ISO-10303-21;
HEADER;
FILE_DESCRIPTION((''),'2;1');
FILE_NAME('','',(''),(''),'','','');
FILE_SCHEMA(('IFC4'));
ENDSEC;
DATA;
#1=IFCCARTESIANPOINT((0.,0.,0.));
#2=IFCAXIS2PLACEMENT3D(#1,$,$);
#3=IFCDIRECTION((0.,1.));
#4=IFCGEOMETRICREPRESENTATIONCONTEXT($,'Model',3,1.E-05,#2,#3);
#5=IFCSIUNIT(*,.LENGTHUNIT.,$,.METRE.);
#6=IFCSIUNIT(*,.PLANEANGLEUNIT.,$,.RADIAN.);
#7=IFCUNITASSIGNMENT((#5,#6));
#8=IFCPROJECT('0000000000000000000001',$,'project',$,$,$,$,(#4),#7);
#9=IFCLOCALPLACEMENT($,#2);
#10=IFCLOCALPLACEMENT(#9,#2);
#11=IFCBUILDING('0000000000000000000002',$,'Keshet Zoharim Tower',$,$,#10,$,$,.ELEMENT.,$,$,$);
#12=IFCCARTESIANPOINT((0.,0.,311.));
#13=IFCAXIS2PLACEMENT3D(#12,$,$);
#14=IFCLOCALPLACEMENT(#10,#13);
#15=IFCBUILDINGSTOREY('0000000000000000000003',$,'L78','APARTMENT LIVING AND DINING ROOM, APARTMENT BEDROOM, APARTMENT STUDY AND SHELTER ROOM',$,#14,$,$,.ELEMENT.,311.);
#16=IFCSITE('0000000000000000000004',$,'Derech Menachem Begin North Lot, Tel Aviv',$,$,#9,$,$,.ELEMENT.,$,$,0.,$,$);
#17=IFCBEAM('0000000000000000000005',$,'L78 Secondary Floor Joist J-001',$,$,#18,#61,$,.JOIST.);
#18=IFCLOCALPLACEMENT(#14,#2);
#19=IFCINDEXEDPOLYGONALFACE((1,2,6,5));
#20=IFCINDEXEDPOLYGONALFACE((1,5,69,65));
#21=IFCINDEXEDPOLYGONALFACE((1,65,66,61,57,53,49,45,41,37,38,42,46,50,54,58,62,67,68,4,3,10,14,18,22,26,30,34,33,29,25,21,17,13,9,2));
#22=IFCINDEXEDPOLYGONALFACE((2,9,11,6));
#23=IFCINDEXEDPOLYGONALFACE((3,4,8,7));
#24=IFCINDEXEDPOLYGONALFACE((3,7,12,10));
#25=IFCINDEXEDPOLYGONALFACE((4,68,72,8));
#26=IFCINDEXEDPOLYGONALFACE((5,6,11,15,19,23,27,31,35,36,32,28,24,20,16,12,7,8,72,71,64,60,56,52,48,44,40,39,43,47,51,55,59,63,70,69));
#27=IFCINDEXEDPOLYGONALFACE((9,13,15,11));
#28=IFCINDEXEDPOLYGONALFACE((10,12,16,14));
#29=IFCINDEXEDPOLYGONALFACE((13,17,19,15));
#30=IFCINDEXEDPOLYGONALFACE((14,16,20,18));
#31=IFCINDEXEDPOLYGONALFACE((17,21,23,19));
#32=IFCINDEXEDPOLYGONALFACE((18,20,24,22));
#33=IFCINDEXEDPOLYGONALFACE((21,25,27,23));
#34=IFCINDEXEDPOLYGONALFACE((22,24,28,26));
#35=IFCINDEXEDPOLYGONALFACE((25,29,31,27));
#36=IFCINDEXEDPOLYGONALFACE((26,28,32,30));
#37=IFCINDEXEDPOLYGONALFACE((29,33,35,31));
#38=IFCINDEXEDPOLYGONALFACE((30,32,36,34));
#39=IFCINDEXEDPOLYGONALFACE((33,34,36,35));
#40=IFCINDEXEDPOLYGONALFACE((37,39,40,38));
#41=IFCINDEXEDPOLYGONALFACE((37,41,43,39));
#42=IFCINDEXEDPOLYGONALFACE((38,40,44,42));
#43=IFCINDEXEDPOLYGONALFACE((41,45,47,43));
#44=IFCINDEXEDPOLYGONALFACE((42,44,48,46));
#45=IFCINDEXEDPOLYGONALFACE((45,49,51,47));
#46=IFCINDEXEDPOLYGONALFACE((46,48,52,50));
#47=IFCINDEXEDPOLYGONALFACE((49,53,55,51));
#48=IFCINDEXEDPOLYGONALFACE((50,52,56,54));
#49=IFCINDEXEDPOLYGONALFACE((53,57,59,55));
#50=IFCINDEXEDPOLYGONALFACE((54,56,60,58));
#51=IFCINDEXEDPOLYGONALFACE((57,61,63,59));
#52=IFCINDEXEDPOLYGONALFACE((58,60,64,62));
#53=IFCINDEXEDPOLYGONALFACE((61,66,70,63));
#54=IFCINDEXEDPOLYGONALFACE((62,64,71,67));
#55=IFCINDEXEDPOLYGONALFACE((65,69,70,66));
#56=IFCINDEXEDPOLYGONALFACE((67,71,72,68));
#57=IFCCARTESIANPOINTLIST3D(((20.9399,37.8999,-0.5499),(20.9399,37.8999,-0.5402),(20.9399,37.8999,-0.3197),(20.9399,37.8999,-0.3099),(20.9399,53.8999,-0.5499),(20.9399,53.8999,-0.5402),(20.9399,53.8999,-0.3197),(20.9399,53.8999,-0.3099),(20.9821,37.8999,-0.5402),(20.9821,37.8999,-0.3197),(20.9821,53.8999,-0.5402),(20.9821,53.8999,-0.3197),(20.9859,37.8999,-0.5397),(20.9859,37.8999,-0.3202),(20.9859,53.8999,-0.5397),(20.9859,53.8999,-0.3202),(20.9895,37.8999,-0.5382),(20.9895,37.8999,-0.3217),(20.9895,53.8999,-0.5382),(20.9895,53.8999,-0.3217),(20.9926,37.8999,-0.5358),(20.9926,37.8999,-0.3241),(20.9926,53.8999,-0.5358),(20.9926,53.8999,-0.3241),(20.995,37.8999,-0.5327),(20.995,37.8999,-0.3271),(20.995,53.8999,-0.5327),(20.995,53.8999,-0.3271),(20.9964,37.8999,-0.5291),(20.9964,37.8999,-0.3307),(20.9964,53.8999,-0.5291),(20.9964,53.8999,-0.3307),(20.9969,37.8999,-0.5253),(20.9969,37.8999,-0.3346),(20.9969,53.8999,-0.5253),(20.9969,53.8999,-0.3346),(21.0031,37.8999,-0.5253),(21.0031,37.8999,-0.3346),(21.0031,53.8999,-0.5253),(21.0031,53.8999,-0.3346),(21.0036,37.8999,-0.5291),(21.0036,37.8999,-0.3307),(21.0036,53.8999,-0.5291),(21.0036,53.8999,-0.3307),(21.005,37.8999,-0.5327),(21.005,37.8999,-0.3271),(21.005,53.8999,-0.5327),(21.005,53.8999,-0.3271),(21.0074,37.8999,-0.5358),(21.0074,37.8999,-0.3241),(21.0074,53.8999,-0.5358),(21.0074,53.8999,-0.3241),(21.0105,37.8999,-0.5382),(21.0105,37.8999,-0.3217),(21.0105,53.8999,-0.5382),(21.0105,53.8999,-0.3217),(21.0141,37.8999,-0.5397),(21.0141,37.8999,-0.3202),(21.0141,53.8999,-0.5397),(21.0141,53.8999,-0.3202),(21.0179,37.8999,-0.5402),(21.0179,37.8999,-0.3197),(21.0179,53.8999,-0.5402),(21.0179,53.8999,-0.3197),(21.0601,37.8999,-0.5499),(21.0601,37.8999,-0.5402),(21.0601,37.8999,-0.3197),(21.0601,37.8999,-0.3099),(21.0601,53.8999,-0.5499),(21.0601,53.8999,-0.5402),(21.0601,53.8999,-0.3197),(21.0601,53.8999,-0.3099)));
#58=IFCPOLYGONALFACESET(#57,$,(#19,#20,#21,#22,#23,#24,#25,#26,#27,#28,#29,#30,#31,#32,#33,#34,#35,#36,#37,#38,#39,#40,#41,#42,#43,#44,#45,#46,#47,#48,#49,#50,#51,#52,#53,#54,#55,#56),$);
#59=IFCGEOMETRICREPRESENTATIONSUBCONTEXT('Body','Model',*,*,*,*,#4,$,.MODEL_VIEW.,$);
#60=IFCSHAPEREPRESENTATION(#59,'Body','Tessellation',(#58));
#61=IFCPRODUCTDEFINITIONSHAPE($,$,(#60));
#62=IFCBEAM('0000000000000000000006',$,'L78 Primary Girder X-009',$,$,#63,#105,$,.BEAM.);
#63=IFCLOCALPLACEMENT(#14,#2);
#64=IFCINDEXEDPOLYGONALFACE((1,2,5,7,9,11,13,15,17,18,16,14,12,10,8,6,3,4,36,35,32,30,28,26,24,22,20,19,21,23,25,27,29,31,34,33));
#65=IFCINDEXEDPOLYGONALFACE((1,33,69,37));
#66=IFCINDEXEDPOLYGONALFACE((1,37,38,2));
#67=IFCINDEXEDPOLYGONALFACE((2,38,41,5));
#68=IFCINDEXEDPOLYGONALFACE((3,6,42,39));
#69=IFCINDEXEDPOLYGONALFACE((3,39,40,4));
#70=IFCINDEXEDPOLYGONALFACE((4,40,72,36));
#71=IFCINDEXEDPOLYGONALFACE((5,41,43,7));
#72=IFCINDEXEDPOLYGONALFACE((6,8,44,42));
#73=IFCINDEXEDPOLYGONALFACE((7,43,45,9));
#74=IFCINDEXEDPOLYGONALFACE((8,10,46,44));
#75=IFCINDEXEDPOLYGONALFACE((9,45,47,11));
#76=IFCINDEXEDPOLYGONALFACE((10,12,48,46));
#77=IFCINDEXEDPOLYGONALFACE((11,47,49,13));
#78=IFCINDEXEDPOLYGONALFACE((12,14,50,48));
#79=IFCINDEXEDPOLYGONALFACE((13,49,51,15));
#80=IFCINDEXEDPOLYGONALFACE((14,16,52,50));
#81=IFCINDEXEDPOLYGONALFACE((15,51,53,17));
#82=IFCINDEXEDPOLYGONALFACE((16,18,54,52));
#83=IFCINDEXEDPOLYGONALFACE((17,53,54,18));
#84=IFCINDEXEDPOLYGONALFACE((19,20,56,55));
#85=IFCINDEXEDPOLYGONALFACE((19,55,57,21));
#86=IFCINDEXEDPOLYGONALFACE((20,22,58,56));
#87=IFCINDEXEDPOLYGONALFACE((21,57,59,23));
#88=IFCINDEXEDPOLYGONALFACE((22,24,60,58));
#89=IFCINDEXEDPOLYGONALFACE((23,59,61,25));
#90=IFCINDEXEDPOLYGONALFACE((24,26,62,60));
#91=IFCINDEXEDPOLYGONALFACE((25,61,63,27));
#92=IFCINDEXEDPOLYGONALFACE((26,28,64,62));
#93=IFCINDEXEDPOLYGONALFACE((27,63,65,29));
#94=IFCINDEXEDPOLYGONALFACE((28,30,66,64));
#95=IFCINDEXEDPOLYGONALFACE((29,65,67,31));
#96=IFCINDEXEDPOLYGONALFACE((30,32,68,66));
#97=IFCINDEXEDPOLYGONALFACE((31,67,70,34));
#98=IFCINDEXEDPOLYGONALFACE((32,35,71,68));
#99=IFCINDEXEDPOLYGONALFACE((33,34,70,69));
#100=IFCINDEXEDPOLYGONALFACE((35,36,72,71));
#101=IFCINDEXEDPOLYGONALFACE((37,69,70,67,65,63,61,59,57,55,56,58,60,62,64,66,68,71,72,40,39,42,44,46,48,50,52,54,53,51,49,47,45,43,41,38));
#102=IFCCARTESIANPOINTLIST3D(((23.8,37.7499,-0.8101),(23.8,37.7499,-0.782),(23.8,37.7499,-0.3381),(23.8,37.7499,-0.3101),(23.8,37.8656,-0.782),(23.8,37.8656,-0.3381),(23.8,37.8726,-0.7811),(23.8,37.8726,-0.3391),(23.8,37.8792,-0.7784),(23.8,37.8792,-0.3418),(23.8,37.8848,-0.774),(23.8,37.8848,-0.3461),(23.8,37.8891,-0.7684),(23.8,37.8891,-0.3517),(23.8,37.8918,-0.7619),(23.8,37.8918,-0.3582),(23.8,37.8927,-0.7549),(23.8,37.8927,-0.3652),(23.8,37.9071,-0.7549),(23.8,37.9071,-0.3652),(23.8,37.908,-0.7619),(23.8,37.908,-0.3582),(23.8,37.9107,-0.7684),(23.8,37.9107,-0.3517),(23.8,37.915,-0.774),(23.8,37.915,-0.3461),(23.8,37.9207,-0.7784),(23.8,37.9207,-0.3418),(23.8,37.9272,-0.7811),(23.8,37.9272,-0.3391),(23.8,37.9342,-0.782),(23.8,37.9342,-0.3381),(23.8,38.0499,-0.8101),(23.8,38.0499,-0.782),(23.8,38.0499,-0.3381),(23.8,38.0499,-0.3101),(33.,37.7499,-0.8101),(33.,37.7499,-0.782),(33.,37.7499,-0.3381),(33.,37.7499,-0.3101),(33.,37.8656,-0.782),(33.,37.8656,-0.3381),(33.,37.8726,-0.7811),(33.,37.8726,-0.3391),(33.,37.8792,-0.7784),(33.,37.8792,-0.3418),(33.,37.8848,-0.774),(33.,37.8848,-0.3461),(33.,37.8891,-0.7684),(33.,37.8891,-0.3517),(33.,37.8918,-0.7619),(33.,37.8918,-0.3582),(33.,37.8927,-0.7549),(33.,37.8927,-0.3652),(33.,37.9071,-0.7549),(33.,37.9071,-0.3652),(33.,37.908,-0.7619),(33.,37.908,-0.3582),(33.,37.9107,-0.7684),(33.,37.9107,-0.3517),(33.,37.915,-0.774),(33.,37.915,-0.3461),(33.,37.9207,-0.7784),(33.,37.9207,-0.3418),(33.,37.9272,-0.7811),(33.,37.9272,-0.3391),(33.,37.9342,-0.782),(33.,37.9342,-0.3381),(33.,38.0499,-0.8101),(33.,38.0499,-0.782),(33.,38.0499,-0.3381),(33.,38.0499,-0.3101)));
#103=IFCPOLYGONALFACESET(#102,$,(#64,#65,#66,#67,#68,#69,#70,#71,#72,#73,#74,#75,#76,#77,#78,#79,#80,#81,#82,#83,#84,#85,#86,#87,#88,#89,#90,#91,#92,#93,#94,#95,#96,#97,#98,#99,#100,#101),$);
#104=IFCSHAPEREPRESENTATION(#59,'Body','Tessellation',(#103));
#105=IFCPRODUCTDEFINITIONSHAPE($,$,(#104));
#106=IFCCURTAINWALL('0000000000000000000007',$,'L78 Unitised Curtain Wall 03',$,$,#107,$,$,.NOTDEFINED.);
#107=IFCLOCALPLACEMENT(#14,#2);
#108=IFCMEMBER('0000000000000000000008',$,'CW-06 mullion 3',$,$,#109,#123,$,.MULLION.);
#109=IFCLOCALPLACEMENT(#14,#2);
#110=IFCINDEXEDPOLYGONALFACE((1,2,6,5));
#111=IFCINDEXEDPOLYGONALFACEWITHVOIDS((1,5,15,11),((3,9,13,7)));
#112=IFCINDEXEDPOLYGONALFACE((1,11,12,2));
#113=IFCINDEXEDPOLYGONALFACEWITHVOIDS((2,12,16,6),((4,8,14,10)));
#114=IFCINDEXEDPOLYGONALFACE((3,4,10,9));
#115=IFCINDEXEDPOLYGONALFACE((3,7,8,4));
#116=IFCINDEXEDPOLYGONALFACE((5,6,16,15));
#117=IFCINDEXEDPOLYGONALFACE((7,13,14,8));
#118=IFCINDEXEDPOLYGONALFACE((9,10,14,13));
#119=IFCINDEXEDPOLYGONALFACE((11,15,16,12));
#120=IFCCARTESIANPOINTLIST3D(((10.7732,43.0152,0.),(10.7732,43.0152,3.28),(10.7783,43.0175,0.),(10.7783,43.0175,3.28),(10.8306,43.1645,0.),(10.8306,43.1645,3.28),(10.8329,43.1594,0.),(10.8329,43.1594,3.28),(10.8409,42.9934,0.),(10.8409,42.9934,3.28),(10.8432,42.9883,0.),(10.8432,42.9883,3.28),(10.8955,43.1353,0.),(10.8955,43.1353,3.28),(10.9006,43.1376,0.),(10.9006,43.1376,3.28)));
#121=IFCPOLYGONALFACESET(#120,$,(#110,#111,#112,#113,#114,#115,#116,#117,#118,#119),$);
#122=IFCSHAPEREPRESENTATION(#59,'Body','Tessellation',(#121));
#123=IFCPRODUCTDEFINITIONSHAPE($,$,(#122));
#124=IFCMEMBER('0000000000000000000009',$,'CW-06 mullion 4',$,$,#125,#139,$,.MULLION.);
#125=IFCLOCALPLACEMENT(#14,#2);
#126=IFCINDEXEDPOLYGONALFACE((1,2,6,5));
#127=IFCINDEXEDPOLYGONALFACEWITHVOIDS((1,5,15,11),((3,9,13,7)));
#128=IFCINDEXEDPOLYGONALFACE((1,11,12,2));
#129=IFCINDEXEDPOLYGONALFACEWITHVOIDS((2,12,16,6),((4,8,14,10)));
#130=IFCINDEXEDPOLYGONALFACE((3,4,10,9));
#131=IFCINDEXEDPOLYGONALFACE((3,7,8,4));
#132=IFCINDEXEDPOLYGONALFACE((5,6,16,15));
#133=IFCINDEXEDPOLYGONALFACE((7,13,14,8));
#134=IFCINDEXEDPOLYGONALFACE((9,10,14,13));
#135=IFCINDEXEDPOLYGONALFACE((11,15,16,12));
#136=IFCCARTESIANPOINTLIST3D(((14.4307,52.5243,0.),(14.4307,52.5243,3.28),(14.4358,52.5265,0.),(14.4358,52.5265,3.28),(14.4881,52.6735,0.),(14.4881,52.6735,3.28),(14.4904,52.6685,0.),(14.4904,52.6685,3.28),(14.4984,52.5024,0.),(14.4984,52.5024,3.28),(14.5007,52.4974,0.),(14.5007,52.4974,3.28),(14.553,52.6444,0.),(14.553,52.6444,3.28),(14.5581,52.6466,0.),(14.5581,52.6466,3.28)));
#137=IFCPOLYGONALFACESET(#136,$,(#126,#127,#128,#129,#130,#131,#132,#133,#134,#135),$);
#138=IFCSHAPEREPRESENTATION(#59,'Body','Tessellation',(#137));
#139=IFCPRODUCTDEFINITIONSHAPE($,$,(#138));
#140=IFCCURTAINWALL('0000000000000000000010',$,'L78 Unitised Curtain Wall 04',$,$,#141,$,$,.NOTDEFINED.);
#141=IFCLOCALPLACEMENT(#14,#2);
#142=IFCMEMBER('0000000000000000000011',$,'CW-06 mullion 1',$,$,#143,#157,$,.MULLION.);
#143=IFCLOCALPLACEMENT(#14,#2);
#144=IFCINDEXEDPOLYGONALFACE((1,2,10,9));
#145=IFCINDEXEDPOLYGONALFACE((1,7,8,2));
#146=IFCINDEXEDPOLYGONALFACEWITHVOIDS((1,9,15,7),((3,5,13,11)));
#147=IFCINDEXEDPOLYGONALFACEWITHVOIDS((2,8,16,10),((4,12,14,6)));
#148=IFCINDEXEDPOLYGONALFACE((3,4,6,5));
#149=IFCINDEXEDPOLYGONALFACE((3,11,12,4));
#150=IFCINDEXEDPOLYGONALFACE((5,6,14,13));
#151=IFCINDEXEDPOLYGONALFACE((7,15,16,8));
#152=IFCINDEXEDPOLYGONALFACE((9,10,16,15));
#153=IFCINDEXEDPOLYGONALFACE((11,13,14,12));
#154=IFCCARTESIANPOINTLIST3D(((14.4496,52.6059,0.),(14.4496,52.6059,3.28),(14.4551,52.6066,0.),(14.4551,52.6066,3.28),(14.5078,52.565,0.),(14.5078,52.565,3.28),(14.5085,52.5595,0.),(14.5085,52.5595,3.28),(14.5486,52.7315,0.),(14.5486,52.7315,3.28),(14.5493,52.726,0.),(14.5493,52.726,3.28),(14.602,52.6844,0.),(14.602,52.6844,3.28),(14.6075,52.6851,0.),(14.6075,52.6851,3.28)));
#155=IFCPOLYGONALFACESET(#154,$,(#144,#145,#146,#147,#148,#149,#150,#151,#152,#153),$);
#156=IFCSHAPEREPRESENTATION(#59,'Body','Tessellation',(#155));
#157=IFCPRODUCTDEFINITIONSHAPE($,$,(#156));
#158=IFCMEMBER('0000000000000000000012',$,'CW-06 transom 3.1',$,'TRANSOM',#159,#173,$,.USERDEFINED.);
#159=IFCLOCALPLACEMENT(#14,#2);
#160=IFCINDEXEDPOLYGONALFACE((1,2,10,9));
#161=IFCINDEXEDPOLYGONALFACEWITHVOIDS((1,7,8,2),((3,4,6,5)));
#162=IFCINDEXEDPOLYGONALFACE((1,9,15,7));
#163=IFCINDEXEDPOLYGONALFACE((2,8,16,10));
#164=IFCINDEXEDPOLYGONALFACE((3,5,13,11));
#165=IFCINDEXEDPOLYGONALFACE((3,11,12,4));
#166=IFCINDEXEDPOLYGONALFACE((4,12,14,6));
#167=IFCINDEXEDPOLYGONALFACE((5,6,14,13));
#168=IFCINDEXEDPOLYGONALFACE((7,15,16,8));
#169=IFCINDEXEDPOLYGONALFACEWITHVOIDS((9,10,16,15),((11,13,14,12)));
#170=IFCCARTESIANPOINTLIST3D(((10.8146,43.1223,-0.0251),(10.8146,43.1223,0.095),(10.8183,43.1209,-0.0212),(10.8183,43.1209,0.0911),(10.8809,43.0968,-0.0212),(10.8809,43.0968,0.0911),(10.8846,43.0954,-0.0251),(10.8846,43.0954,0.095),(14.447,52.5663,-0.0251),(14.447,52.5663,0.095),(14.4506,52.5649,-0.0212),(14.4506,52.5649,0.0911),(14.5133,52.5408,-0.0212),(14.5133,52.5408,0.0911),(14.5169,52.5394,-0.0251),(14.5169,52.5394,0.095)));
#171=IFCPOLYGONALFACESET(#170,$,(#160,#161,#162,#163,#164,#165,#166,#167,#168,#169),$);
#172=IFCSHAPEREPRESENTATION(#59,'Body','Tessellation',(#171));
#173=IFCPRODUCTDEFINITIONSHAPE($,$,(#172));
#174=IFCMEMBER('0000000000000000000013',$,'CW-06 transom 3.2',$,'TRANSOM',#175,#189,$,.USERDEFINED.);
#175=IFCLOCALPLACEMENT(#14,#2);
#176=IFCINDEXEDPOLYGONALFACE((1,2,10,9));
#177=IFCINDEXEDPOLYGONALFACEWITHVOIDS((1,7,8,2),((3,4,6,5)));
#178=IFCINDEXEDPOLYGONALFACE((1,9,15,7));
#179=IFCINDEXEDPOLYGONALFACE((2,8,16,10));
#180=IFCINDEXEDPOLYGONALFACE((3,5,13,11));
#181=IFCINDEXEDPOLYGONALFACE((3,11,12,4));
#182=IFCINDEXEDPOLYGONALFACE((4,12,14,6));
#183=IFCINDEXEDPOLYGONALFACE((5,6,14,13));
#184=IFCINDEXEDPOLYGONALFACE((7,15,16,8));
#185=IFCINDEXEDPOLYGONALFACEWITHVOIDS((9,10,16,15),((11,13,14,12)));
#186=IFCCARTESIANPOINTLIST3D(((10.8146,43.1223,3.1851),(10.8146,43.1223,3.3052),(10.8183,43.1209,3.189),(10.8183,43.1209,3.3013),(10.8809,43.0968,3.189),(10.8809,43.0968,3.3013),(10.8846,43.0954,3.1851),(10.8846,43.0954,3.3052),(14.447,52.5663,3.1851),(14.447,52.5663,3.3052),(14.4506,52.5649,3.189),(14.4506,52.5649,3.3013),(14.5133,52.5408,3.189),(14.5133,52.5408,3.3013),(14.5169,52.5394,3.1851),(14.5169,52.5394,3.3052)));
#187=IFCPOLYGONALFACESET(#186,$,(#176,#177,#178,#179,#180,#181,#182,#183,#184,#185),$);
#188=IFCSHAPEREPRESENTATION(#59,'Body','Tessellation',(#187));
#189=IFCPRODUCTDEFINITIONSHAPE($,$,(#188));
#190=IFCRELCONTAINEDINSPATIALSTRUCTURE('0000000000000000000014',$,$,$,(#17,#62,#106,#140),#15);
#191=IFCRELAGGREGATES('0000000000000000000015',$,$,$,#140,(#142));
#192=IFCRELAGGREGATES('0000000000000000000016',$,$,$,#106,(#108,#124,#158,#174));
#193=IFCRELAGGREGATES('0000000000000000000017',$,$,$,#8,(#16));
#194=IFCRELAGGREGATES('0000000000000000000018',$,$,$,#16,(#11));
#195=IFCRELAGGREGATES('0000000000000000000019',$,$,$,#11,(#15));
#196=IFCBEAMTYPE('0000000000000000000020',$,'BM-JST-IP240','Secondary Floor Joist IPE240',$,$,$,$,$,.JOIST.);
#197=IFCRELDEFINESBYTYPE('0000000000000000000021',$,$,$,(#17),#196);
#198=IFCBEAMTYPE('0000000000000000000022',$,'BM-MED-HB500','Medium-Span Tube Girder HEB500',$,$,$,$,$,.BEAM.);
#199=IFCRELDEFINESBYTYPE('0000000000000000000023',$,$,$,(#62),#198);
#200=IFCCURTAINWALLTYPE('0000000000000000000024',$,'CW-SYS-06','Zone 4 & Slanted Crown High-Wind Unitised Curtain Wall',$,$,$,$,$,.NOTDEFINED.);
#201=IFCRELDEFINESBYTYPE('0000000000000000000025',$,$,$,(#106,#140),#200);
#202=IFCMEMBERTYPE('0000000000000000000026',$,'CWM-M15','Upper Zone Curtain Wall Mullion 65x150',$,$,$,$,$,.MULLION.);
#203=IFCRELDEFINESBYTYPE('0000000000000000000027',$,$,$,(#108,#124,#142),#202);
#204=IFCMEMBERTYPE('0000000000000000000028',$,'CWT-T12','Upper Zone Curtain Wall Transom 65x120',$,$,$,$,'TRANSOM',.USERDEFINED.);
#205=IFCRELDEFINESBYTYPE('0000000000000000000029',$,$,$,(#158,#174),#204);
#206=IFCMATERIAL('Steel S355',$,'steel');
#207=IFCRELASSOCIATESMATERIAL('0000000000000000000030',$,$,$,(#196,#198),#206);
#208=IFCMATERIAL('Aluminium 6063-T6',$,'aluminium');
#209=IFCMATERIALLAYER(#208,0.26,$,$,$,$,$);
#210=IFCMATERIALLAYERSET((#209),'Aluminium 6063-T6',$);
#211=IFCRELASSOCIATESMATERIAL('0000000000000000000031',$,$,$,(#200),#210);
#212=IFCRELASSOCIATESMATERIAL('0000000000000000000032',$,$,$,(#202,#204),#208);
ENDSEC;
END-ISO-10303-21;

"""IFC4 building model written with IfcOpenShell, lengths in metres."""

from ifc_helpers import new_model, si_unit, direction, frame, origin, origin_2d, place, context, subcontext, project, spatial, hollow_rectangle, i_section, extrude, material, layer, layer_set, material_profile, profile_set, type_object, element, aggregate, save


model = new_model("IFC4")

# Units and contexts
model_context = context("Model", 3, precision=1e-05, world=origin(), true_north=direction((0.0, 1.0)))
body_context = subcontext(model_context, "Body", "Model", "MODEL_VIEW")
ifc_project = project(units=[si_unit("LENGTHUNIT", "METRE"), si_unit("PLANEANGLEUNIT", "RADIAN")], contexts=[model_context])

# Site, building, storey
site_placement = place(None, origin())
site = spatial("IfcSite", under=ifc_project, at=site_placement, Name="Derech Menachem Begin North Lot, Tel Aviv", CompositionType="ELEMENT", RefElevation=0.0)
building_placement = place(site_placement, origin())
building = spatial("IfcBuilding", under=site, at=building_placement, Name="Keshet Zoharim Tower", CompositionType="ELEMENT")
storey_placement = place(building_placement, frame((0.0, 0.0, 311.0)))
storey = spatial("IfcBuildingStorey", under=building, at=storey_placement, Name="L78", Description="APARTMENT LIVING AND DINING ROOM, APARTMENT BEDROOM, APARTMENT STUDY AND SHELTER ROOM", CompositionType="ELEMENT", Elevation=311.0)

# Beams
ifc_material_1 = material(Name="Steel S355", Category="steel")
ifc_material_profile_1 = material_profile(ifc_material_1, i_section(OverallWidth=0.1201, OverallDepth=0.24, WebThickness=0.0061, FlangeThickness=0.0098, FilletRadius=0.0149, at=origin_2d()), Name="IPE240")
ifc_profile_set_1 = profile_set([ifc_material_profile_1], Name="Steel S355")
beam_type_1 = type_object("IfcBeamType", Name="BM-JST-IP240", Description="Secondary Floor Joist IPE240", PredefinedType="JOIST", material=ifc_profile_set_1)
beam_1_placement = place(storey_placement, frame((21.0, 37.8999, -0.4299), z_axis=(0.0, 1.0, 0.0), x_axis=(-1.0, 0.0, 0.0)))
element("IfcBeam", 1, at=beam_1_placement, inside=storey, type_object=beam_type_1, Name="L78 Secondary Floor Joist J-001", PredefinedType="JOIST", context=body_context, shape_type="SweptSolid", body=[
    extrude(i_section(OverallWidth=0.1201, OverallDepth=0.24, WebThickness=0.0061, FlangeThickness=0.0098, FilletRadius=0.0149, at=origin_2d()), origin(), (0.0, 0.0, 1.0), 16.0),
])
ifc_material_profile_2 = material_profile(ifc_material_1, i_section(OverallWidth=0.3, OverallDepth=0.5, WebThickness=0.0144, FlangeThickness=0.0281, FilletRadius=0.0271, at=origin_2d()), Name="HEB500")
ifc_profile_set_2 = profile_set([ifc_material_profile_2], Name="Steel S355")
beam_type_2 = type_object("IfcBeamType", Name="BM-MED-HB500", Description="Medium-Span Tube Girder HEB500", PredefinedType="BEAM", material=ifc_profile_set_2)
beam_2_placement = place(storey_placement, frame((23.8, 37.8999, -0.5601), z_axis=(1.0, 0.0, 0.0), x_axis=(0.0, 1.0, 0.0)))
element("IfcBeam", 2, at=beam_2_placement, inside=storey, type_object=beam_type_2, Name="L78 Primary Girder X-009", PredefinedType="BEAM", context=body_context, shape_type="SweptSolid", body=[
    extrude(i_section(OverallWidth=0.3, OverallDepth=0.5, WebThickness=0.0144, FlangeThickness=0.0281, FilletRadius=0.0271, at=origin_2d()), origin(), (0.0, 0.0, 1.0), 9.2),
])

# Curtain wall, members
ifc_material_2 = material(Name="Aluminium 6063-T6", Category="aluminium")
ifc_layer_1 = layer(ifc_material_2, 0.26)
ifc_layer_set_1 = layer_set([ifc_layer_1], Name="Aluminium 6063-T6")
curtain_wall_type = type_object("IfcCurtainWallType", Name="CW-SYS-06", Description="Zone 4 & Slanted Crown High-Wind Unitised Curtain Wall", PredefinedType="NOTDEFINED", material=ifc_layer_set_1)
curtain_wall_1_placement = place(storey_placement, origin())
curtain_wall_1 = element("IfcCurtainWall", 3, at=curtain_wall_1_placement, inside=storey, type_object=curtain_wall_type, Name="L78 Unitised Curtain Wall 03", PredefinedType="NOTDEFINED")
ifc_material_profile_3 = material_profile(ifc_material_2, hollow_rectangle(XDim=0.075, YDim=0.1599, WallThickness=0.0039, at=origin_2d()), Name="MUL-75x160")
ifc_profile_set_3 = profile_set([ifc_material_profile_3], Name="Aluminium 6063-T6")
member_type_1 = type_object("IfcMemberType", Name="CWM-M15", Description="Upper Zone Curtain Wall Mullion 65x150", PredefinedType="MULLION", material=ifc_profile_set_3)
member_1_placement = place(storey_placement, frame((10.8369, 43.0764, 0.0), z_axis=(0.0, 0.0, 1.0), x_axis=(-0.933341, 0.35899, 0.0)))
member_1 = element("IfcMember", 4, at=member_1_placement, type_object=member_type_1, Name="CW-06 mullion 3", PredefinedType="MULLION", context=body_context, shape_type="SweptSolid", body=[
    extrude(hollow_rectangle(XDim=0.075, YDim=0.1599, WallThickness=0.0039, at=origin_2d()), origin(), (0.0, 0.0, 1.0), 3.28),
])
member_2_placement = place(storey_placement, frame((14.4944, 52.5854, 0.0), z_axis=(0.0, 0.0, 1.0), x_axis=(-0.933341, 0.35899, 0.0)))
member_2 = element("IfcMember", 5, at=member_2_placement, type_object=member_type_1, Name="CW-06 mullion 4", PredefinedType="MULLION", context=body_context, shape_type="SweptSolid", body=[
    extrude(hollow_rectangle(XDim=0.075, YDim=0.1599, WallThickness=0.0039, at=origin_2d()), origin(), (0.0, 0.0, 1.0), 3.28),
])

# Curtain wall, member
curtain_wall_2_placement = place(storey_placement, origin())
curtain_wall_2 = element("IfcCurtainWall", 6, at=curtain_wall_2_placement, inside=storey, type_object=curtain_wall_type, Name="L78 Unitised Curtain Wall 04", PredefinedType="NOTDEFINED")
member_3_placement = place(storey_placement, frame((14.5286, 52.6455, 0.0), z_axis=(0.0, 0.0, 1.0), x_axis=(-0.785293, 0.619125, 0.0)))
member_3 = element("IfcMember", 7, at=member_3_placement, type_object=member_type_1, Name="CW-06 mullion 1", PredefinedType="MULLION", context=body_context, shape_type="SweptSolid", body=[
    extrude(hollow_rectangle(XDim=0.075, YDim=0.1599, WallThickness=0.0039, at=origin_2d()), origin(), (0.0, 0.0, 1.0), 3.28),
])
aggregate(curtain_wall_2, [member_3])

# Members
ifc_material_profile_4 = material_profile(ifc_material_2, hollow_rectangle(XDim=0.075, YDim=0.1201, WallThickness=0.0039, at=origin_2d()), Name="TRN-75x120")
ifc_profile_set_4 = profile_set([ifc_material_profile_4], Name="Aluminium 6063-T6")
member_type_2 = type_object("IfcMemberType", Name="CWT-T12", Description="Upper Zone Curtain Wall Transom 65x120", ElementType="TRANSOM", PredefinedType="USERDEFINED", material=ifc_profile_set_4)
member_4_placement = place(storey_placement, frame((10.8496, 43.1089, 0.0349), z_axis=(0.358986, 0.933343, 0.0), x_axis=(-0.933343, 0.358986, 0.0)))
member_4 = element("IfcMember", 8, at=member_4_placement, type_object=member_type_2, Name="CW-06 transom 3.1", ObjectType="TRANSOM", PredefinedType="USERDEFINED", context=body_context, shape_type="SweptSolid", body=[
    extrude(hollow_rectangle(XDim=0.075, YDim=0.1201, WallThickness=0.0039, at=origin_2d()), origin(), (0.0, 0.0, 1.0), 10.1184),
])
member_5_placement = place(storey_placement, frame((10.8496, 43.1089, 3.2451), z_axis=(0.358986, 0.933343, 0.0), x_axis=(-0.933343, 0.358986, 0.0)))
member_5 = element("IfcMember", 9, at=member_5_placement, type_object=member_type_2, Name="CW-06 transom 3.2", ObjectType="TRANSOM", PredefinedType="USERDEFINED", context=body_context, shape_type="SweptSolid", body=[
    extrude(hollow_rectangle(XDim=0.075, YDim=0.1201, WallThickness=0.0039, at=origin_2d()), origin(), (0.0, 0.0, 1.0), 10.1184),
])

aggregate(curtain_wall_1, [member_1, member_2, member_4, member_5])

save(model, "model.ifc")
